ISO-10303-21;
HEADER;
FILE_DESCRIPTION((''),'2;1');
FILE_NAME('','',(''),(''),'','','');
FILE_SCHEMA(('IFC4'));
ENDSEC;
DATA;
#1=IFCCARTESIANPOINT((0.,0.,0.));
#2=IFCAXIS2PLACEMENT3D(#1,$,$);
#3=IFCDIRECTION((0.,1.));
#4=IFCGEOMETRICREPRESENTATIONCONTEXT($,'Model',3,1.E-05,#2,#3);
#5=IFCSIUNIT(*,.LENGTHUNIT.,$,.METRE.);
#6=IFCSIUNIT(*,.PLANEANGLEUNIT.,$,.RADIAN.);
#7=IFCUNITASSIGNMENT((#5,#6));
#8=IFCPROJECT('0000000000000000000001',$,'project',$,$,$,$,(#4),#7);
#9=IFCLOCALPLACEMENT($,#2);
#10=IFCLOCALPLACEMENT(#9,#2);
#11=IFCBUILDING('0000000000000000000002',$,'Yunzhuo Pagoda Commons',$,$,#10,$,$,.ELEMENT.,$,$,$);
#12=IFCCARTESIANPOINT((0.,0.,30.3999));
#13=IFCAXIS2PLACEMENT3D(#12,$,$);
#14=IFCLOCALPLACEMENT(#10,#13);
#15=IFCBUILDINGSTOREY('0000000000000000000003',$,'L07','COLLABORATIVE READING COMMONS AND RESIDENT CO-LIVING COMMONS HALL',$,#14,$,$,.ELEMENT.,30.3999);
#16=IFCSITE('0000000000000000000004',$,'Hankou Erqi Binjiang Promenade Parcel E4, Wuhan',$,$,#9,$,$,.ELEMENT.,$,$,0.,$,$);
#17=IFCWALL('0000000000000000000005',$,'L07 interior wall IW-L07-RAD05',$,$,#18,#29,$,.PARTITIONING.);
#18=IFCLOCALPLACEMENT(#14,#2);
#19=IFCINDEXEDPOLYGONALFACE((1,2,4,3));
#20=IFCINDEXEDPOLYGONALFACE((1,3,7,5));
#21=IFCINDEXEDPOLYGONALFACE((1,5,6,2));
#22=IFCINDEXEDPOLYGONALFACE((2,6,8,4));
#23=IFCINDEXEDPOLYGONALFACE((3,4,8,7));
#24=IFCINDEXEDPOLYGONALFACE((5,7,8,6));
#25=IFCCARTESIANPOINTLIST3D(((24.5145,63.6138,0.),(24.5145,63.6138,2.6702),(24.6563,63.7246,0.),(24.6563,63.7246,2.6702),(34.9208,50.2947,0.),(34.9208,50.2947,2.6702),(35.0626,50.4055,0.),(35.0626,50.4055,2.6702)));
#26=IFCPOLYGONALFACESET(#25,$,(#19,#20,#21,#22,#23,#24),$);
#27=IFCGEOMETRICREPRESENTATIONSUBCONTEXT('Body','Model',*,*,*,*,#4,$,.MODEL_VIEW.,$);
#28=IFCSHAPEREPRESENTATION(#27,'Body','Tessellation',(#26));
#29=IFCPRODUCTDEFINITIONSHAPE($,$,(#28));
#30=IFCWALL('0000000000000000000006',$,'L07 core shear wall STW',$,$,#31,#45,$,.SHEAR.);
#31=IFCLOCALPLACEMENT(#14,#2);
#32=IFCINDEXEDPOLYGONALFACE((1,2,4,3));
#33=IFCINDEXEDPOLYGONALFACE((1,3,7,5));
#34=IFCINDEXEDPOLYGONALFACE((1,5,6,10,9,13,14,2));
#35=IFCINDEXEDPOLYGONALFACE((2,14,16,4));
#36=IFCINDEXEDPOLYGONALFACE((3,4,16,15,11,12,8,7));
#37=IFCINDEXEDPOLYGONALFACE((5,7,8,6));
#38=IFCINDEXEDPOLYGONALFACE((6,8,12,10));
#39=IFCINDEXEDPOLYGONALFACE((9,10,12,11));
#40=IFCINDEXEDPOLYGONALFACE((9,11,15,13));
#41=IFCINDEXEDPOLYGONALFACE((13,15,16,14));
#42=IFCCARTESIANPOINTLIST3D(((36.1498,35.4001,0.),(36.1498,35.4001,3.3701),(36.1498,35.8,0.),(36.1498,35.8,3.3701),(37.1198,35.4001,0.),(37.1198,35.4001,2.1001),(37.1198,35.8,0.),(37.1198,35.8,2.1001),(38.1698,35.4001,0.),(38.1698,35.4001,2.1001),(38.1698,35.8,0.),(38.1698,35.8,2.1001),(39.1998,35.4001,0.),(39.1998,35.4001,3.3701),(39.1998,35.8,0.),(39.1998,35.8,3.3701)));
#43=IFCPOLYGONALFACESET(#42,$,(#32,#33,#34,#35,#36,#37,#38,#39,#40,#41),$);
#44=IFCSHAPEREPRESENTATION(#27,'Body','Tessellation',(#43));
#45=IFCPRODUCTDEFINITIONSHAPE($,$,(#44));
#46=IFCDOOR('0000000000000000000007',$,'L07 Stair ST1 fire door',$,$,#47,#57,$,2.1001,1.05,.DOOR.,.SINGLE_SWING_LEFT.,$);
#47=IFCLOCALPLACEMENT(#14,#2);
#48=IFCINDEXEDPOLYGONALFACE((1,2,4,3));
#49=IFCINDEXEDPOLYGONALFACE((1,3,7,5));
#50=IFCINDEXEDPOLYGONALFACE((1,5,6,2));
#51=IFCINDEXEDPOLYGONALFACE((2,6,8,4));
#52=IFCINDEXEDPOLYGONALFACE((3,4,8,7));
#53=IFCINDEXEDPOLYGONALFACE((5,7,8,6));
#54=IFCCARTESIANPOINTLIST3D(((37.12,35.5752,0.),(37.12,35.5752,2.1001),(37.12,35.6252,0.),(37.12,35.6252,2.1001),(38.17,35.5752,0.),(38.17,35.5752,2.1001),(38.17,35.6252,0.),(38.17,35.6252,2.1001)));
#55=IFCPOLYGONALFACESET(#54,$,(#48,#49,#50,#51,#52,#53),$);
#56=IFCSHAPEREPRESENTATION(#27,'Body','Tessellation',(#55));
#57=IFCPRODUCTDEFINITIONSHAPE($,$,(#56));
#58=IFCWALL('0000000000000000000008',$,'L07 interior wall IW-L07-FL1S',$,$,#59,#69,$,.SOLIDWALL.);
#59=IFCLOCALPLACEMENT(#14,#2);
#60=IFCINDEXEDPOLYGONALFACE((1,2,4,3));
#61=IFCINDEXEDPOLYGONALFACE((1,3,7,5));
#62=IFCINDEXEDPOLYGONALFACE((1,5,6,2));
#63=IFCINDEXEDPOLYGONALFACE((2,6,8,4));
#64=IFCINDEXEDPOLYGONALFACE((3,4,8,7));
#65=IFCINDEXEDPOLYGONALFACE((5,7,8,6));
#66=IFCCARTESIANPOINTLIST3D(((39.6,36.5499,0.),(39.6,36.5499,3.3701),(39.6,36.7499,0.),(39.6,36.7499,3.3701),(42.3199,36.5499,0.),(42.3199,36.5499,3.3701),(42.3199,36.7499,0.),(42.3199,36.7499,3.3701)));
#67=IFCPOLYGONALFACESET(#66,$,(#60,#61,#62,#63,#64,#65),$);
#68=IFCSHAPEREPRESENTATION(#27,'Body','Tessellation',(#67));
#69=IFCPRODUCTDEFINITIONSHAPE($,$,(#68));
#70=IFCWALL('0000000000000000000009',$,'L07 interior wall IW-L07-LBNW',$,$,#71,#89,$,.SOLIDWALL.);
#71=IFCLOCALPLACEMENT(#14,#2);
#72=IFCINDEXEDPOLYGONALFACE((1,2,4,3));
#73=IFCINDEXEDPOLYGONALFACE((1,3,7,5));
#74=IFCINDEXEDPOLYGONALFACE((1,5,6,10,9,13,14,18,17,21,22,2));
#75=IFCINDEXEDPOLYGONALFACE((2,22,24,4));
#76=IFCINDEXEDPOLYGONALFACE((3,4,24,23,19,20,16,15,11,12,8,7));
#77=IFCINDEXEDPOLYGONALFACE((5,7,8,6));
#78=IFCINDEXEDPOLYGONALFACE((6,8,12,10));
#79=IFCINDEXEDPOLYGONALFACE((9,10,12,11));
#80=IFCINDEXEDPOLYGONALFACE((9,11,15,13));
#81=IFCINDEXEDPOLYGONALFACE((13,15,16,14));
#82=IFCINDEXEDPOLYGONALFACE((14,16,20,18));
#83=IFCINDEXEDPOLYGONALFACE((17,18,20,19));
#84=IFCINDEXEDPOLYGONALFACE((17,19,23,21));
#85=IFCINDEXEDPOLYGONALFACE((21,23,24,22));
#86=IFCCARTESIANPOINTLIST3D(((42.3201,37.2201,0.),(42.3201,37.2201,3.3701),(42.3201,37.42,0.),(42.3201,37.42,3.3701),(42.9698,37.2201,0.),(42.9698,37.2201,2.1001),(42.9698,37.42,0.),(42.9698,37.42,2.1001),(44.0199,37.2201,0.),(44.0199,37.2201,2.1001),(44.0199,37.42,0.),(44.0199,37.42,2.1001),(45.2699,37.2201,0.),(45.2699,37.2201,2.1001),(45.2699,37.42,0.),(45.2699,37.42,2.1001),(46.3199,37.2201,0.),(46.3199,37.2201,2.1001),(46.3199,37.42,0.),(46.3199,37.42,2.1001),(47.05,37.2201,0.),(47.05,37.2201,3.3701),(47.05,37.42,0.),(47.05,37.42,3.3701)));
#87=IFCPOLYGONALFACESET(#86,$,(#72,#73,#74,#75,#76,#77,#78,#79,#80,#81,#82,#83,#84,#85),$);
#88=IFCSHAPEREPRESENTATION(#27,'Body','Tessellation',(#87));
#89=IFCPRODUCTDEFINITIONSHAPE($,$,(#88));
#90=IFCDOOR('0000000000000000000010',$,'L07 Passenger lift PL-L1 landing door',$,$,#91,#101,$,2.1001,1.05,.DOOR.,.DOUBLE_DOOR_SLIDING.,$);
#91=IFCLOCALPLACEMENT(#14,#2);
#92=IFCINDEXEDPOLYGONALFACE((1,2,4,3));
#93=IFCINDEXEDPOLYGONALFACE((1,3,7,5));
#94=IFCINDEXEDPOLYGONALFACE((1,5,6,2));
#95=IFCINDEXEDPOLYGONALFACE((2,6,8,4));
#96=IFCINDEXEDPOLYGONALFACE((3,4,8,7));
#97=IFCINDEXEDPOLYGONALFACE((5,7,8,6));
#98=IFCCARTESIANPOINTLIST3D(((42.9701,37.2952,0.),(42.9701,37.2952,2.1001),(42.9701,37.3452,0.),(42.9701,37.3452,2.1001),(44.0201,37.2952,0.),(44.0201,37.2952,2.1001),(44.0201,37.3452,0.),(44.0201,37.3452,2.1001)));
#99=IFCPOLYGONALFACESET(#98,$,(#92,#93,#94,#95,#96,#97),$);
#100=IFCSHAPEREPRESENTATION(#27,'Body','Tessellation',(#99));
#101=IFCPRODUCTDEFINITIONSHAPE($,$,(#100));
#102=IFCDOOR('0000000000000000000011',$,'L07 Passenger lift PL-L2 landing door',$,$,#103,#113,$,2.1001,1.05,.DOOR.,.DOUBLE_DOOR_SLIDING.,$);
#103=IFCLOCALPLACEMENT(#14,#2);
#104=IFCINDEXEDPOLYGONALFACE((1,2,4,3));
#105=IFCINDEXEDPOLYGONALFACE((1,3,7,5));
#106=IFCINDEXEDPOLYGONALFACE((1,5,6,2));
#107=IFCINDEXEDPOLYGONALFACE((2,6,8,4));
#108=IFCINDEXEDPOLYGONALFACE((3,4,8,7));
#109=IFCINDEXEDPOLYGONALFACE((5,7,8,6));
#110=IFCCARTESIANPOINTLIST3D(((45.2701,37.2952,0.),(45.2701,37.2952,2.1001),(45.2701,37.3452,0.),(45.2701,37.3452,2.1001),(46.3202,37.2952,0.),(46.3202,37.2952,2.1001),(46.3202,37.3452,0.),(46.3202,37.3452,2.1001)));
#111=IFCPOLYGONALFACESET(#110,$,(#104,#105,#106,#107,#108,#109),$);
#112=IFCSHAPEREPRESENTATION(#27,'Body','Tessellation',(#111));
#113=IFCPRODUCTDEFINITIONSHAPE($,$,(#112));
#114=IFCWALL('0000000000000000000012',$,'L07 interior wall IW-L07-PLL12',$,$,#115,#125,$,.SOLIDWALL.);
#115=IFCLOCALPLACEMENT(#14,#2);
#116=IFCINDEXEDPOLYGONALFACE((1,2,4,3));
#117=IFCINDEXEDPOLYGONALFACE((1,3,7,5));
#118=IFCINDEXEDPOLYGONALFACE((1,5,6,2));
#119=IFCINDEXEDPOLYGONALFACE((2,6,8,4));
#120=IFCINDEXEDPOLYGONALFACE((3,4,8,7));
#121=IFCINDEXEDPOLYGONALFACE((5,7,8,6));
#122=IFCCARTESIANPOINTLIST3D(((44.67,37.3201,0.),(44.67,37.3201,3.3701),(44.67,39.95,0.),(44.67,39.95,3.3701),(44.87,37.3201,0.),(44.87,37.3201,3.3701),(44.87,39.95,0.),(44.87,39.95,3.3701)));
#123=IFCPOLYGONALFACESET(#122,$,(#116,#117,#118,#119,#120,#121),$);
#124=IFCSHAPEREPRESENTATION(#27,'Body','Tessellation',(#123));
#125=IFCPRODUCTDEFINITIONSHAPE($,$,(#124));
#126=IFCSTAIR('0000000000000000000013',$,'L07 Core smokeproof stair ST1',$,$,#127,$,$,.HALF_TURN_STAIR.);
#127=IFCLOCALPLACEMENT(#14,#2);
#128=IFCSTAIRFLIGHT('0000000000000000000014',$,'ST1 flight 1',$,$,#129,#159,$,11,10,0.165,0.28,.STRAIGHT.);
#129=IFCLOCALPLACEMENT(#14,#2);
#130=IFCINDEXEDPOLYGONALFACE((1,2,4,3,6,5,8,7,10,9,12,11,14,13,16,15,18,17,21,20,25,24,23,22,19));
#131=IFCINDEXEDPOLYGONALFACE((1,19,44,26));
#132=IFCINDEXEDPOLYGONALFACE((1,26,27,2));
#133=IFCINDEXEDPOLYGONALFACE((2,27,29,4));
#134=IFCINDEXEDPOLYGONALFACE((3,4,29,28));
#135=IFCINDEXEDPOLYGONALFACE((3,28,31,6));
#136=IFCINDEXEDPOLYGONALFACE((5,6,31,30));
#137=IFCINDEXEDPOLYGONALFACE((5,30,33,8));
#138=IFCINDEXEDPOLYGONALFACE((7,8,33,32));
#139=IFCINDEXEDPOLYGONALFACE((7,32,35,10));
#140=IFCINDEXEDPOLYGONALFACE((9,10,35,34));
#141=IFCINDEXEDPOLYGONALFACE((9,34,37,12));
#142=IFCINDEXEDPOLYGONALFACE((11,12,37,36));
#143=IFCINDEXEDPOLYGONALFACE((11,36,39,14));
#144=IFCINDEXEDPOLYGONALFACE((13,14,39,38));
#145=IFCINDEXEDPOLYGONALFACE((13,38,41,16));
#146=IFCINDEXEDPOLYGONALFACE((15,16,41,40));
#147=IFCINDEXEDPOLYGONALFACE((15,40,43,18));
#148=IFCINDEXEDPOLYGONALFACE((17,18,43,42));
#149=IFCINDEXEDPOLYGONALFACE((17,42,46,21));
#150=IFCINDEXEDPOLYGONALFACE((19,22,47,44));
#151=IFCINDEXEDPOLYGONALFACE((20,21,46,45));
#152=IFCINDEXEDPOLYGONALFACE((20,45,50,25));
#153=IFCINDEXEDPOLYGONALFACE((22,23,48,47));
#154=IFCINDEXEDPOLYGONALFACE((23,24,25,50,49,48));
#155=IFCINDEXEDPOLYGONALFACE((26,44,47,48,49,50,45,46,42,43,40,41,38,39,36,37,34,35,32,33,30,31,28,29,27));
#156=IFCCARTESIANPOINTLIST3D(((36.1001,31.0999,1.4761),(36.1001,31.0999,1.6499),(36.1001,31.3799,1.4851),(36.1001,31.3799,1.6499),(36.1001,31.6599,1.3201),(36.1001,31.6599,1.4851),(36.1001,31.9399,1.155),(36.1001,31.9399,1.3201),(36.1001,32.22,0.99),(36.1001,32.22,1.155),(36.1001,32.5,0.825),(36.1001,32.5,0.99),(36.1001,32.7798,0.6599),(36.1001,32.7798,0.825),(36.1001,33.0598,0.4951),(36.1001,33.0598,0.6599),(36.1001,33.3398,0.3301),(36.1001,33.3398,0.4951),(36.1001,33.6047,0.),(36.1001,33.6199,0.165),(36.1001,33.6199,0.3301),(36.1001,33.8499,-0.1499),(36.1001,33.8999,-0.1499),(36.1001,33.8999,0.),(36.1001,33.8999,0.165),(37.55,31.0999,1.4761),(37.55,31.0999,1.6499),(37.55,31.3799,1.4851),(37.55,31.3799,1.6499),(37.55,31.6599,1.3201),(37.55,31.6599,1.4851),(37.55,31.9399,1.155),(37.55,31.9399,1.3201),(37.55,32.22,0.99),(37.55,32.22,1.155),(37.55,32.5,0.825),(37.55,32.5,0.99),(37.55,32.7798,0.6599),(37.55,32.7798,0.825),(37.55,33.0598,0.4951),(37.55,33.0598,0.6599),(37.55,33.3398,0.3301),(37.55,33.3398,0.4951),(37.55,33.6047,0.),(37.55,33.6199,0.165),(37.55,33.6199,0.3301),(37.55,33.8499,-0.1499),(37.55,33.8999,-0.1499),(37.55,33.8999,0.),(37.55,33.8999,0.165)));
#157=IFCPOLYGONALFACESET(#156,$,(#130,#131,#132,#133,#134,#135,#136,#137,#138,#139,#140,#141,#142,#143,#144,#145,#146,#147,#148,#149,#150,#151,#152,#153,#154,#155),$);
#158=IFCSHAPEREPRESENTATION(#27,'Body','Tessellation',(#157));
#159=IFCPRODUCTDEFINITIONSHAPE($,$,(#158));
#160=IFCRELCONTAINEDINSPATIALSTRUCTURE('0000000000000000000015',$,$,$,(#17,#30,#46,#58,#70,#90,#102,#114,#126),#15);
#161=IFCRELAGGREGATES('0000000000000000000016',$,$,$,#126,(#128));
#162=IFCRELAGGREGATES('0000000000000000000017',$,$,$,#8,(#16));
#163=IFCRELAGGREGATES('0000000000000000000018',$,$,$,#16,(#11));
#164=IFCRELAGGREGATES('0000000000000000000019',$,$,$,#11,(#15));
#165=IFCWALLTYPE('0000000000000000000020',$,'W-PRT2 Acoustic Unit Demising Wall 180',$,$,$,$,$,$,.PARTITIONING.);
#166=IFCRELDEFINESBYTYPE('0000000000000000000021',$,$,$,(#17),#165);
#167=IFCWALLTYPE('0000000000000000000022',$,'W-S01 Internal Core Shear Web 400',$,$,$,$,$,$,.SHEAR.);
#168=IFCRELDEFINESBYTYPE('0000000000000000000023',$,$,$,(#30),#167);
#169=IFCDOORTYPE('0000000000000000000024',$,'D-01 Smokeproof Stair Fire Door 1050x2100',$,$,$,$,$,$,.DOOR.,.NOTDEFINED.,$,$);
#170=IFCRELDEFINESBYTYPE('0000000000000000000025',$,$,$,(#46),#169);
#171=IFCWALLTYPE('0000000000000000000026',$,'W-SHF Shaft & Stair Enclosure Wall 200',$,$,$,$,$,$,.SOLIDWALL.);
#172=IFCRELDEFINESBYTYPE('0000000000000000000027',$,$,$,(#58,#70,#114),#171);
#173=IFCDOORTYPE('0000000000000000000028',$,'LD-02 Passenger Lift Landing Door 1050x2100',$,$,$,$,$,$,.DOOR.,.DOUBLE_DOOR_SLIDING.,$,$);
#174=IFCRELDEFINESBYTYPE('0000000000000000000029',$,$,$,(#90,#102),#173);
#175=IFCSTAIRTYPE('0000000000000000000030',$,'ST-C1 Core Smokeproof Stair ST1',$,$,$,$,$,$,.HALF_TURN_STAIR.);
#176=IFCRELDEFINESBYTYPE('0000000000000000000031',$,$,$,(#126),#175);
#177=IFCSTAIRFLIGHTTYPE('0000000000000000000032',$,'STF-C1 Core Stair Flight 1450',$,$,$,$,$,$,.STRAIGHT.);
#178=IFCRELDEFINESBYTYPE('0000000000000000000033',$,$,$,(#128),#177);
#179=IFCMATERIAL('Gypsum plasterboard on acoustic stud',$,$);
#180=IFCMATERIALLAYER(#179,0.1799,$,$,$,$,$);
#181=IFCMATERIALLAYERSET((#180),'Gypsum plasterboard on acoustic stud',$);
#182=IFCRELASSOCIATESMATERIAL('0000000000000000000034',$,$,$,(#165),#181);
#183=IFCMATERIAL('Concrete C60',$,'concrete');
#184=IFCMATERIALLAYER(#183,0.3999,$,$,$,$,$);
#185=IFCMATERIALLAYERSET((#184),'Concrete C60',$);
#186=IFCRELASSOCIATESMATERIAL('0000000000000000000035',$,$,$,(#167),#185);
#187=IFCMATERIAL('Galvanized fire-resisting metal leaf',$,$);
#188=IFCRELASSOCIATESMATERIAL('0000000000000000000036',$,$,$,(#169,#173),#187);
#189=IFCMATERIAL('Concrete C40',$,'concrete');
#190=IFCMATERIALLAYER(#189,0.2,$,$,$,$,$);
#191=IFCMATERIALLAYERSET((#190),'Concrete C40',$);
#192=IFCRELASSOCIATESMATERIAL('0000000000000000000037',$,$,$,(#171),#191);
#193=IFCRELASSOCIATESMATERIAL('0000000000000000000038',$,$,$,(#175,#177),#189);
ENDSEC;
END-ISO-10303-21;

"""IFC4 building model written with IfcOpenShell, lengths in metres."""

from ifc_helpers import new_model, si_unit, direction, frame, frame_2d, origin, place, context, subcontext, project, spatial, polyline, rectangle, outline, extrude, source, transform, mapped, material, layer, layer_set, type_object, element, fill, aggregate, save


model = new_model("IFC4")

# Units and contexts
model_context = context("Model", 3, precision=1e-05, world=origin(), true_north=direction((0.0, 1.0)))
body_context = subcontext(model_context, "Body", "Model", "MODEL_VIEW")
ifc_project = project(units=[si_unit("LENGTHUNIT", "METRE"), si_unit("PLANEANGLEUNIT", "RADIAN")], contexts=[model_context])

# Site, building, storey
site_placement = place(None, origin())
site = spatial("IfcSite", under=ifc_project, at=site_placement, Name="Hankou Erqi Binjiang Promenade Parcel E4, Wuhan", CompositionType="ELEMENT", RefElevation=0.0)
building_placement = place(site_placement, origin())
building = spatial("IfcBuilding", under=site, at=building_placement, Name="Yunzhuo Pagoda Commons", CompositionType="ELEMENT")
storey_placement = place(building_placement, frame((0.0, 0.0, 30.3999)))
storey = spatial("IfcBuildingStorey", under=building, at=storey_placement, Name="L07", Description="COLLABORATIVE READING COMMONS AND RESIDENT CO-LIVING COMMONS HALL", CompositionType="ELEMENT", Elevation=30.3999)

# Shared definitions
ifc_material_1 = material(Name="Concrete C60", Category="concrete")
ifc_material_2 = material(Name="Galvanized fire-resisting metal leaf")
shared_shape_1 = source(origin(), body_context, "Body", "SweptSolid", [
    extrude(rectangle(XDim=1.05, YDim=2.1001, at=frame_2d((0.5249, 1.05))), frame((0.0, 0.0249, 0.0), z_axis=(0.0, -1.0, 0.0), x_axis=(1.0, 0.0, 0.0)), (0.0, 0.0, 1.0), 0.05),
])

# Shared definitions
ifc_material_3 = material(Name="Gypsum plasterboard on acoustic stud")

# Wall
ifc_layer_1 = layer(ifc_material_3, 0.1799)
ifc_layer_set_1 = layer_set([ifc_layer_1], Name="Gypsum plasterboard on acoustic stud")
wall_type_1 = type_object("IfcWallType", Name="W-PRT2 Acoustic Unit Demising Wall 180", PredefinedType="PARTITIONING", material=ifc_layer_set_1)
wall_1_placement = place(storey_placement, frame((34.9917, 50.3501, 0.0), z_axis=(0.0, 0.0, 1.0), x_axis=(-0.61567, 0.788004, 0.0)))
element("IfcWall", 1, at=wall_1_placement, inside=storey, type_object=wall_type_1, Name="L07 interior wall IW-L07-RAD05", PredefinedType="PARTITIONING", context=body_context, shape_type="SweptSolid", body=[
    extrude(rectangle(XDim=16.9023, YDim=0.1799, at=frame_2d((8.4512, 0.0))), origin(), (0.0, 0.0, 1.0), 2.6702),
])

# Wall, opening, door
ifc_layer_2 = layer(ifc_material_1, 0.3999)
ifc_layer_set_2 = layer_set([ifc_layer_2], Name="Concrete C60")
wall_type_2 = type_object("IfcWallType", Name="W-S01 Internal Core Shear Web 400", PredefinedType="SHEAR", material=ifc_layer_set_2)
wall_2_placement = place(storey_placement, frame((36.1499, 35.6001, 0.0), z_axis=(0.0, 0.0, 1.0), x_axis=(1.0, 0.0, 0.0)))
wall_2 = element("IfcWall", 2, at=wall_2_placement, inside=storey, type_object=wall_type_2, Name="L07 core shear wall STW", PredefinedType="SHEAR", context=body_context, shape_type="SweptSolid", body=[
    extrude(rectangle(XDim=3.05, YDim=0.3999, at=frame_2d((1.5249, 0.0))), origin(), (0.0, 0.0, 1.0), 3.3701),
])
opening_1_placement = place(wall_2_placement, frame((0.97, 0.0, 0.0)))
opening_1 = element("IfcOpeningElement", 3, at=opening_1_placement, cuts=wall_2, PredefinedType="OPENING", context=body_context, shape_type="SweptSolid", body=[
    extrude(rectangle(XDim=1.05, YDim=2.1001, at=frame_2d((0.5249, 1.05))), frame((0.0, 0.21, 0.0), z_axis=(0.0, -1.0, 0.0), x_axis=(1.0, 0.0, 0.0)), (0.0, 0.0, 1.0), 0.4199),
])
door_type_1 = type_object("IfcDoorType", Name="D-01 Smokeproof Stair Fire Door 1050x2100", OperationType="NOTDEFINED", PredefinedType="DOOR", material=ifc_material_2)
door_1_placement = place(opening_1_placement, frame((1.05, 0.0, 0.0), z_axis=(0.0, 0.0, 1.0), x_axis=(-1.0, 0.0, 0.0)))
door_1 = element("IfcDoor", 4, at=door_1_placement, inside=storey, type_object=door_type_1, Name="L07 Stair ST1 fire door", OperationType="SINGLE_SWING_LEFT", OverallHeight=2.1001, OverallWidth=1.05, PredefinedType="DOOR", context=body_context, shape_type="MappedRepresentation", body=[
    mapped(shared_shape_1, transform((0.0, 0.0, 0.0), scale=1.0)),
])
fill(opening_1, door_1)

# Wall
ifc_material_4 = material(Name="Concrete C40", Category="concrete")
ifc_layer_3 = layer(ifc_material_4, 0.2)
ifc_layer_set_3 = layer_set([ifc_layer_3], Name="Concrete C40")
wall_type_3 = type_object("IfcWallType", Name="W-SHF Shaft & Stair Enclosure Wall 200", PredefinedType="SOLIDWALL", material=ifc_layer_set_3)
wall_3_placement = place(storey_placement, frame((39.6001, 36.6499, 0.0), z_axis=(0.0, 0.0, 1.0), x_axis=(1.0, 0.0, 0.0)))
element("IfcWall", 5, at=wall_3_placement, inside=storey, type_object=wall_type_3, Name="L07 interior wall IW-L07-FL1S", PredefinedType="SOLIDWALL", context=body_context, shape_type="SweptSolid", body=[
    extrude(rectangle(XDim=2.72, YDim=0.2, at=frame_2d((1.3599, 0.0))), origin(), (0.0, 0.0, 1.0), 3.3701),
])

# Wall, openings, doors
wall_4_placement = place(storey_placement, frame((42.3201, 37.3201, 0.0), z_axis=(0.0, 0.0, 1.0), x_axis=(1.0, 0.0, 0.0)))
wall_4 = element("IfcWall", 6, at=wall_4_placement, inside=storey, type_object=wall_type_3, Name="L07 interior wall IW-L07-LBNW", PredefinedType="SOLIDWALL", context=body_context, shape_type="SweptSolid", body=[
    extrude(rectangle(XDim=4.73, YDim=0.2, at=frame_2d((2.365, 0.0))), origin(), (0.0, 0.0, 1.0), 3.3701),
])
opening_2_placement = place(wall_4_placement, frame((0.6499, 0.0, 0.0)))
opening_2 = element("IfcOpeningElement", 7, at=opening_2_placement, cuts=wall_4, PredefinedType="OPENING", context=body_context, shape_type="SweptSolid", body=[
    extrude(rectangle(XDim=1.05, YDim=2.1001, at=frame_2d((0.5249, 1.05))), frame((0.0, 0.1099, 0.0), z_axis=(0.0, -1.0, 0.0), x_axis=(1.0, 0.0, 0.0)), (0.0, 0.0, 1.0), 0.22),
])
opening_3_placement = place(wall_4_placement, frame((2.95, 0.0, 0.0)))
opening_3 = element("IfcOpeningElement", 8, at=opening_3_placement, cuts=wall_4, PredefinedType="OPENING", context=body_context, shape_type="SweptSolid", body=[
    extrude(rectangle(XDim=1.05, YDim=2.1001, at=frame_2d((0.5249, 1.05))), frame((0.0, 0.1099, 0.0), z_axis=(0.0, -1.0, 0.0), x_axis=(1.0, 0.0, 0.0)), (0.0, 0.0, 1.0), 0.22),
])
door_type_2 = type_object("IfcDoorType", Name="LD-02 Passenger Lift Landing Door 1050x2100", OperationType="DOUBLE_DOOR_SLIDING", PredefinedType="DOOR", material=ifc_material_2)
door_2_placement = place(opening_2_placement, frame((1.05, 0.0, 0.0), z_axis=(0.0, 0.0, 1.0), x_axis=(-1.0, 0.0, 0.0)))
door_2 = element("IfcDoor", 9, at=door_2_placement, inside=storey, type_object=door_type_2, Name="L07 Passenger lift PL-L1 landing door", OperationType="DOUBLE_DOOR_SLIDING", OverallHeight=2.1001, OverallWidth=1.05, PredefinedType="DOOR", context=body_context, shape_type="MappedRepresentation", body=[
    mapped(shared_shape_1, transform((0.0, 0.0, 0.0), scale=1.0)),
])
fill(opening_2, door_2)
door_3_placement = place(opening_3_placement, frame((1.05, 0.0, 0.0), z_axis=(0.0, 0.0, 1.0), x_axis=(-1.0, 0.0, 0.0)))
door_3 = element("IfcDoor", 10, at=door_3_placement, inside=storey, type_object=door_type_2, Name="L07 Passenger lift PL-L2 landing door", OperationType="DOUBLE_DOOR_SLIDING", OverallHeight=2.1001, OverallWidth=1.05, PredefinedType="DOOR", context=body_context, shape_type="MappedRepresentation", body=[
    mapped(shared_shape_1, transform((0.0, 0.0, 0.0), scale=1.0)),
])
fill(opening_3, door_3)

# Wall
wall_5_placement = place(storey_placement, frame((44.77, 37.3201, 0.0), z_axis=(0.0, 0.0, 1.0), x_axis=(0.0, 1.0, 0.0)))
element("IfcWall", 11, at=wall_5_placement, inside=storey, type_object=wall_type_3, Name="L07 interior wall IW-L07-PLL12", PredefinedType="SOLIDWALL", context=body_context, shape_type="SweptSolid", body=[
    extrude(rectangle(XDim=2.6299, YDim=0.2, at=frame_2d((1.3149, 0.0))), origin(), (0.0, 0.0, 1.0), 3.3701),
])

# Stair, stair flight
stair_type = type_object("IfcStairType", Name="ST-C1 Core Smokeproof Stair ST1", PredefinedType="HALF_TURN_STAIR", material=ifc_material_4)
stair_placement = place(storey_placement, origin())
stair = element("IfcStair", 12, at=stair_placement, inside=storey, type_object=stair_type, Name="L07 Core smokeproof stair ST1", PredefinedType="HALF_TURN_STAIR")
stair_flight_type = type_object("IfcStairFlightType", Name="STF-C1 Core Stair Flight 1450", PredefinedType="STRAIGHT", material=ifc_material_4)
shared_shape_2 = source(origin(), body_context, "Body", "SweptSolid", [
    extrude(outline(polyline([(0.0, -0.1499), (0.0, 0.0), (0.0, 0.165), (0.28, 0.165), (0.28, 0.3301), (0.5601, 0.3301), (0.5601, 0.4951), (0.8401, 0.4951), (0.8401, 0.6599), (1.1201, 0.6599), (1.1201, 0.825), (1.3999, 0.825), (1.3999, 0.99), (1.6799, 0.99), (1.6799, 1.155), (1.96, 1.155), (1.96, 1.3201), (2.24, 1.3201), (2.24, 1.4851), (2.52, 1.4851), (2.52, 1.6499), (2.8, 1.6499), (2.8, 1.8149), (2.8, 1.4761), (0.2952, 0.0), (0.05, -0.1499), (0.0, -0.1499)])), frame((0.0, 0.7251, 0.0), z_axis=(0.0, -1.0, 0.0), x_axis=(1.0, 0.0, 0.0)), (0.0, 0.0, 1.0), 1.45),
])
stair_flight_placement = place(storey_placement, frame((36.825, 33.8999, 0.0), z_axis=(0.0, 0.0, 1.0), x_axis=(0.0, -1.0, 0.0)))
stair_flight = element("IfcStairFlight", 13, at=stair_flight_placement, type_object=stair_flight_type, Name="ST1 flight 1", NumberOfRisers=11, NumberOfTreads=10, PredefinedType="STRAIGHT", RiserHeight=0.165, TreadLength=0.28, context=body_context, shape_type="MappedRepresentation", body=[
    mapped(shared_shape_2, transform((0.0, 0.0, 0.0), scale=1.0)),
])
aggregate(stair, [stair_flight])

save(model, "model.ifc")
